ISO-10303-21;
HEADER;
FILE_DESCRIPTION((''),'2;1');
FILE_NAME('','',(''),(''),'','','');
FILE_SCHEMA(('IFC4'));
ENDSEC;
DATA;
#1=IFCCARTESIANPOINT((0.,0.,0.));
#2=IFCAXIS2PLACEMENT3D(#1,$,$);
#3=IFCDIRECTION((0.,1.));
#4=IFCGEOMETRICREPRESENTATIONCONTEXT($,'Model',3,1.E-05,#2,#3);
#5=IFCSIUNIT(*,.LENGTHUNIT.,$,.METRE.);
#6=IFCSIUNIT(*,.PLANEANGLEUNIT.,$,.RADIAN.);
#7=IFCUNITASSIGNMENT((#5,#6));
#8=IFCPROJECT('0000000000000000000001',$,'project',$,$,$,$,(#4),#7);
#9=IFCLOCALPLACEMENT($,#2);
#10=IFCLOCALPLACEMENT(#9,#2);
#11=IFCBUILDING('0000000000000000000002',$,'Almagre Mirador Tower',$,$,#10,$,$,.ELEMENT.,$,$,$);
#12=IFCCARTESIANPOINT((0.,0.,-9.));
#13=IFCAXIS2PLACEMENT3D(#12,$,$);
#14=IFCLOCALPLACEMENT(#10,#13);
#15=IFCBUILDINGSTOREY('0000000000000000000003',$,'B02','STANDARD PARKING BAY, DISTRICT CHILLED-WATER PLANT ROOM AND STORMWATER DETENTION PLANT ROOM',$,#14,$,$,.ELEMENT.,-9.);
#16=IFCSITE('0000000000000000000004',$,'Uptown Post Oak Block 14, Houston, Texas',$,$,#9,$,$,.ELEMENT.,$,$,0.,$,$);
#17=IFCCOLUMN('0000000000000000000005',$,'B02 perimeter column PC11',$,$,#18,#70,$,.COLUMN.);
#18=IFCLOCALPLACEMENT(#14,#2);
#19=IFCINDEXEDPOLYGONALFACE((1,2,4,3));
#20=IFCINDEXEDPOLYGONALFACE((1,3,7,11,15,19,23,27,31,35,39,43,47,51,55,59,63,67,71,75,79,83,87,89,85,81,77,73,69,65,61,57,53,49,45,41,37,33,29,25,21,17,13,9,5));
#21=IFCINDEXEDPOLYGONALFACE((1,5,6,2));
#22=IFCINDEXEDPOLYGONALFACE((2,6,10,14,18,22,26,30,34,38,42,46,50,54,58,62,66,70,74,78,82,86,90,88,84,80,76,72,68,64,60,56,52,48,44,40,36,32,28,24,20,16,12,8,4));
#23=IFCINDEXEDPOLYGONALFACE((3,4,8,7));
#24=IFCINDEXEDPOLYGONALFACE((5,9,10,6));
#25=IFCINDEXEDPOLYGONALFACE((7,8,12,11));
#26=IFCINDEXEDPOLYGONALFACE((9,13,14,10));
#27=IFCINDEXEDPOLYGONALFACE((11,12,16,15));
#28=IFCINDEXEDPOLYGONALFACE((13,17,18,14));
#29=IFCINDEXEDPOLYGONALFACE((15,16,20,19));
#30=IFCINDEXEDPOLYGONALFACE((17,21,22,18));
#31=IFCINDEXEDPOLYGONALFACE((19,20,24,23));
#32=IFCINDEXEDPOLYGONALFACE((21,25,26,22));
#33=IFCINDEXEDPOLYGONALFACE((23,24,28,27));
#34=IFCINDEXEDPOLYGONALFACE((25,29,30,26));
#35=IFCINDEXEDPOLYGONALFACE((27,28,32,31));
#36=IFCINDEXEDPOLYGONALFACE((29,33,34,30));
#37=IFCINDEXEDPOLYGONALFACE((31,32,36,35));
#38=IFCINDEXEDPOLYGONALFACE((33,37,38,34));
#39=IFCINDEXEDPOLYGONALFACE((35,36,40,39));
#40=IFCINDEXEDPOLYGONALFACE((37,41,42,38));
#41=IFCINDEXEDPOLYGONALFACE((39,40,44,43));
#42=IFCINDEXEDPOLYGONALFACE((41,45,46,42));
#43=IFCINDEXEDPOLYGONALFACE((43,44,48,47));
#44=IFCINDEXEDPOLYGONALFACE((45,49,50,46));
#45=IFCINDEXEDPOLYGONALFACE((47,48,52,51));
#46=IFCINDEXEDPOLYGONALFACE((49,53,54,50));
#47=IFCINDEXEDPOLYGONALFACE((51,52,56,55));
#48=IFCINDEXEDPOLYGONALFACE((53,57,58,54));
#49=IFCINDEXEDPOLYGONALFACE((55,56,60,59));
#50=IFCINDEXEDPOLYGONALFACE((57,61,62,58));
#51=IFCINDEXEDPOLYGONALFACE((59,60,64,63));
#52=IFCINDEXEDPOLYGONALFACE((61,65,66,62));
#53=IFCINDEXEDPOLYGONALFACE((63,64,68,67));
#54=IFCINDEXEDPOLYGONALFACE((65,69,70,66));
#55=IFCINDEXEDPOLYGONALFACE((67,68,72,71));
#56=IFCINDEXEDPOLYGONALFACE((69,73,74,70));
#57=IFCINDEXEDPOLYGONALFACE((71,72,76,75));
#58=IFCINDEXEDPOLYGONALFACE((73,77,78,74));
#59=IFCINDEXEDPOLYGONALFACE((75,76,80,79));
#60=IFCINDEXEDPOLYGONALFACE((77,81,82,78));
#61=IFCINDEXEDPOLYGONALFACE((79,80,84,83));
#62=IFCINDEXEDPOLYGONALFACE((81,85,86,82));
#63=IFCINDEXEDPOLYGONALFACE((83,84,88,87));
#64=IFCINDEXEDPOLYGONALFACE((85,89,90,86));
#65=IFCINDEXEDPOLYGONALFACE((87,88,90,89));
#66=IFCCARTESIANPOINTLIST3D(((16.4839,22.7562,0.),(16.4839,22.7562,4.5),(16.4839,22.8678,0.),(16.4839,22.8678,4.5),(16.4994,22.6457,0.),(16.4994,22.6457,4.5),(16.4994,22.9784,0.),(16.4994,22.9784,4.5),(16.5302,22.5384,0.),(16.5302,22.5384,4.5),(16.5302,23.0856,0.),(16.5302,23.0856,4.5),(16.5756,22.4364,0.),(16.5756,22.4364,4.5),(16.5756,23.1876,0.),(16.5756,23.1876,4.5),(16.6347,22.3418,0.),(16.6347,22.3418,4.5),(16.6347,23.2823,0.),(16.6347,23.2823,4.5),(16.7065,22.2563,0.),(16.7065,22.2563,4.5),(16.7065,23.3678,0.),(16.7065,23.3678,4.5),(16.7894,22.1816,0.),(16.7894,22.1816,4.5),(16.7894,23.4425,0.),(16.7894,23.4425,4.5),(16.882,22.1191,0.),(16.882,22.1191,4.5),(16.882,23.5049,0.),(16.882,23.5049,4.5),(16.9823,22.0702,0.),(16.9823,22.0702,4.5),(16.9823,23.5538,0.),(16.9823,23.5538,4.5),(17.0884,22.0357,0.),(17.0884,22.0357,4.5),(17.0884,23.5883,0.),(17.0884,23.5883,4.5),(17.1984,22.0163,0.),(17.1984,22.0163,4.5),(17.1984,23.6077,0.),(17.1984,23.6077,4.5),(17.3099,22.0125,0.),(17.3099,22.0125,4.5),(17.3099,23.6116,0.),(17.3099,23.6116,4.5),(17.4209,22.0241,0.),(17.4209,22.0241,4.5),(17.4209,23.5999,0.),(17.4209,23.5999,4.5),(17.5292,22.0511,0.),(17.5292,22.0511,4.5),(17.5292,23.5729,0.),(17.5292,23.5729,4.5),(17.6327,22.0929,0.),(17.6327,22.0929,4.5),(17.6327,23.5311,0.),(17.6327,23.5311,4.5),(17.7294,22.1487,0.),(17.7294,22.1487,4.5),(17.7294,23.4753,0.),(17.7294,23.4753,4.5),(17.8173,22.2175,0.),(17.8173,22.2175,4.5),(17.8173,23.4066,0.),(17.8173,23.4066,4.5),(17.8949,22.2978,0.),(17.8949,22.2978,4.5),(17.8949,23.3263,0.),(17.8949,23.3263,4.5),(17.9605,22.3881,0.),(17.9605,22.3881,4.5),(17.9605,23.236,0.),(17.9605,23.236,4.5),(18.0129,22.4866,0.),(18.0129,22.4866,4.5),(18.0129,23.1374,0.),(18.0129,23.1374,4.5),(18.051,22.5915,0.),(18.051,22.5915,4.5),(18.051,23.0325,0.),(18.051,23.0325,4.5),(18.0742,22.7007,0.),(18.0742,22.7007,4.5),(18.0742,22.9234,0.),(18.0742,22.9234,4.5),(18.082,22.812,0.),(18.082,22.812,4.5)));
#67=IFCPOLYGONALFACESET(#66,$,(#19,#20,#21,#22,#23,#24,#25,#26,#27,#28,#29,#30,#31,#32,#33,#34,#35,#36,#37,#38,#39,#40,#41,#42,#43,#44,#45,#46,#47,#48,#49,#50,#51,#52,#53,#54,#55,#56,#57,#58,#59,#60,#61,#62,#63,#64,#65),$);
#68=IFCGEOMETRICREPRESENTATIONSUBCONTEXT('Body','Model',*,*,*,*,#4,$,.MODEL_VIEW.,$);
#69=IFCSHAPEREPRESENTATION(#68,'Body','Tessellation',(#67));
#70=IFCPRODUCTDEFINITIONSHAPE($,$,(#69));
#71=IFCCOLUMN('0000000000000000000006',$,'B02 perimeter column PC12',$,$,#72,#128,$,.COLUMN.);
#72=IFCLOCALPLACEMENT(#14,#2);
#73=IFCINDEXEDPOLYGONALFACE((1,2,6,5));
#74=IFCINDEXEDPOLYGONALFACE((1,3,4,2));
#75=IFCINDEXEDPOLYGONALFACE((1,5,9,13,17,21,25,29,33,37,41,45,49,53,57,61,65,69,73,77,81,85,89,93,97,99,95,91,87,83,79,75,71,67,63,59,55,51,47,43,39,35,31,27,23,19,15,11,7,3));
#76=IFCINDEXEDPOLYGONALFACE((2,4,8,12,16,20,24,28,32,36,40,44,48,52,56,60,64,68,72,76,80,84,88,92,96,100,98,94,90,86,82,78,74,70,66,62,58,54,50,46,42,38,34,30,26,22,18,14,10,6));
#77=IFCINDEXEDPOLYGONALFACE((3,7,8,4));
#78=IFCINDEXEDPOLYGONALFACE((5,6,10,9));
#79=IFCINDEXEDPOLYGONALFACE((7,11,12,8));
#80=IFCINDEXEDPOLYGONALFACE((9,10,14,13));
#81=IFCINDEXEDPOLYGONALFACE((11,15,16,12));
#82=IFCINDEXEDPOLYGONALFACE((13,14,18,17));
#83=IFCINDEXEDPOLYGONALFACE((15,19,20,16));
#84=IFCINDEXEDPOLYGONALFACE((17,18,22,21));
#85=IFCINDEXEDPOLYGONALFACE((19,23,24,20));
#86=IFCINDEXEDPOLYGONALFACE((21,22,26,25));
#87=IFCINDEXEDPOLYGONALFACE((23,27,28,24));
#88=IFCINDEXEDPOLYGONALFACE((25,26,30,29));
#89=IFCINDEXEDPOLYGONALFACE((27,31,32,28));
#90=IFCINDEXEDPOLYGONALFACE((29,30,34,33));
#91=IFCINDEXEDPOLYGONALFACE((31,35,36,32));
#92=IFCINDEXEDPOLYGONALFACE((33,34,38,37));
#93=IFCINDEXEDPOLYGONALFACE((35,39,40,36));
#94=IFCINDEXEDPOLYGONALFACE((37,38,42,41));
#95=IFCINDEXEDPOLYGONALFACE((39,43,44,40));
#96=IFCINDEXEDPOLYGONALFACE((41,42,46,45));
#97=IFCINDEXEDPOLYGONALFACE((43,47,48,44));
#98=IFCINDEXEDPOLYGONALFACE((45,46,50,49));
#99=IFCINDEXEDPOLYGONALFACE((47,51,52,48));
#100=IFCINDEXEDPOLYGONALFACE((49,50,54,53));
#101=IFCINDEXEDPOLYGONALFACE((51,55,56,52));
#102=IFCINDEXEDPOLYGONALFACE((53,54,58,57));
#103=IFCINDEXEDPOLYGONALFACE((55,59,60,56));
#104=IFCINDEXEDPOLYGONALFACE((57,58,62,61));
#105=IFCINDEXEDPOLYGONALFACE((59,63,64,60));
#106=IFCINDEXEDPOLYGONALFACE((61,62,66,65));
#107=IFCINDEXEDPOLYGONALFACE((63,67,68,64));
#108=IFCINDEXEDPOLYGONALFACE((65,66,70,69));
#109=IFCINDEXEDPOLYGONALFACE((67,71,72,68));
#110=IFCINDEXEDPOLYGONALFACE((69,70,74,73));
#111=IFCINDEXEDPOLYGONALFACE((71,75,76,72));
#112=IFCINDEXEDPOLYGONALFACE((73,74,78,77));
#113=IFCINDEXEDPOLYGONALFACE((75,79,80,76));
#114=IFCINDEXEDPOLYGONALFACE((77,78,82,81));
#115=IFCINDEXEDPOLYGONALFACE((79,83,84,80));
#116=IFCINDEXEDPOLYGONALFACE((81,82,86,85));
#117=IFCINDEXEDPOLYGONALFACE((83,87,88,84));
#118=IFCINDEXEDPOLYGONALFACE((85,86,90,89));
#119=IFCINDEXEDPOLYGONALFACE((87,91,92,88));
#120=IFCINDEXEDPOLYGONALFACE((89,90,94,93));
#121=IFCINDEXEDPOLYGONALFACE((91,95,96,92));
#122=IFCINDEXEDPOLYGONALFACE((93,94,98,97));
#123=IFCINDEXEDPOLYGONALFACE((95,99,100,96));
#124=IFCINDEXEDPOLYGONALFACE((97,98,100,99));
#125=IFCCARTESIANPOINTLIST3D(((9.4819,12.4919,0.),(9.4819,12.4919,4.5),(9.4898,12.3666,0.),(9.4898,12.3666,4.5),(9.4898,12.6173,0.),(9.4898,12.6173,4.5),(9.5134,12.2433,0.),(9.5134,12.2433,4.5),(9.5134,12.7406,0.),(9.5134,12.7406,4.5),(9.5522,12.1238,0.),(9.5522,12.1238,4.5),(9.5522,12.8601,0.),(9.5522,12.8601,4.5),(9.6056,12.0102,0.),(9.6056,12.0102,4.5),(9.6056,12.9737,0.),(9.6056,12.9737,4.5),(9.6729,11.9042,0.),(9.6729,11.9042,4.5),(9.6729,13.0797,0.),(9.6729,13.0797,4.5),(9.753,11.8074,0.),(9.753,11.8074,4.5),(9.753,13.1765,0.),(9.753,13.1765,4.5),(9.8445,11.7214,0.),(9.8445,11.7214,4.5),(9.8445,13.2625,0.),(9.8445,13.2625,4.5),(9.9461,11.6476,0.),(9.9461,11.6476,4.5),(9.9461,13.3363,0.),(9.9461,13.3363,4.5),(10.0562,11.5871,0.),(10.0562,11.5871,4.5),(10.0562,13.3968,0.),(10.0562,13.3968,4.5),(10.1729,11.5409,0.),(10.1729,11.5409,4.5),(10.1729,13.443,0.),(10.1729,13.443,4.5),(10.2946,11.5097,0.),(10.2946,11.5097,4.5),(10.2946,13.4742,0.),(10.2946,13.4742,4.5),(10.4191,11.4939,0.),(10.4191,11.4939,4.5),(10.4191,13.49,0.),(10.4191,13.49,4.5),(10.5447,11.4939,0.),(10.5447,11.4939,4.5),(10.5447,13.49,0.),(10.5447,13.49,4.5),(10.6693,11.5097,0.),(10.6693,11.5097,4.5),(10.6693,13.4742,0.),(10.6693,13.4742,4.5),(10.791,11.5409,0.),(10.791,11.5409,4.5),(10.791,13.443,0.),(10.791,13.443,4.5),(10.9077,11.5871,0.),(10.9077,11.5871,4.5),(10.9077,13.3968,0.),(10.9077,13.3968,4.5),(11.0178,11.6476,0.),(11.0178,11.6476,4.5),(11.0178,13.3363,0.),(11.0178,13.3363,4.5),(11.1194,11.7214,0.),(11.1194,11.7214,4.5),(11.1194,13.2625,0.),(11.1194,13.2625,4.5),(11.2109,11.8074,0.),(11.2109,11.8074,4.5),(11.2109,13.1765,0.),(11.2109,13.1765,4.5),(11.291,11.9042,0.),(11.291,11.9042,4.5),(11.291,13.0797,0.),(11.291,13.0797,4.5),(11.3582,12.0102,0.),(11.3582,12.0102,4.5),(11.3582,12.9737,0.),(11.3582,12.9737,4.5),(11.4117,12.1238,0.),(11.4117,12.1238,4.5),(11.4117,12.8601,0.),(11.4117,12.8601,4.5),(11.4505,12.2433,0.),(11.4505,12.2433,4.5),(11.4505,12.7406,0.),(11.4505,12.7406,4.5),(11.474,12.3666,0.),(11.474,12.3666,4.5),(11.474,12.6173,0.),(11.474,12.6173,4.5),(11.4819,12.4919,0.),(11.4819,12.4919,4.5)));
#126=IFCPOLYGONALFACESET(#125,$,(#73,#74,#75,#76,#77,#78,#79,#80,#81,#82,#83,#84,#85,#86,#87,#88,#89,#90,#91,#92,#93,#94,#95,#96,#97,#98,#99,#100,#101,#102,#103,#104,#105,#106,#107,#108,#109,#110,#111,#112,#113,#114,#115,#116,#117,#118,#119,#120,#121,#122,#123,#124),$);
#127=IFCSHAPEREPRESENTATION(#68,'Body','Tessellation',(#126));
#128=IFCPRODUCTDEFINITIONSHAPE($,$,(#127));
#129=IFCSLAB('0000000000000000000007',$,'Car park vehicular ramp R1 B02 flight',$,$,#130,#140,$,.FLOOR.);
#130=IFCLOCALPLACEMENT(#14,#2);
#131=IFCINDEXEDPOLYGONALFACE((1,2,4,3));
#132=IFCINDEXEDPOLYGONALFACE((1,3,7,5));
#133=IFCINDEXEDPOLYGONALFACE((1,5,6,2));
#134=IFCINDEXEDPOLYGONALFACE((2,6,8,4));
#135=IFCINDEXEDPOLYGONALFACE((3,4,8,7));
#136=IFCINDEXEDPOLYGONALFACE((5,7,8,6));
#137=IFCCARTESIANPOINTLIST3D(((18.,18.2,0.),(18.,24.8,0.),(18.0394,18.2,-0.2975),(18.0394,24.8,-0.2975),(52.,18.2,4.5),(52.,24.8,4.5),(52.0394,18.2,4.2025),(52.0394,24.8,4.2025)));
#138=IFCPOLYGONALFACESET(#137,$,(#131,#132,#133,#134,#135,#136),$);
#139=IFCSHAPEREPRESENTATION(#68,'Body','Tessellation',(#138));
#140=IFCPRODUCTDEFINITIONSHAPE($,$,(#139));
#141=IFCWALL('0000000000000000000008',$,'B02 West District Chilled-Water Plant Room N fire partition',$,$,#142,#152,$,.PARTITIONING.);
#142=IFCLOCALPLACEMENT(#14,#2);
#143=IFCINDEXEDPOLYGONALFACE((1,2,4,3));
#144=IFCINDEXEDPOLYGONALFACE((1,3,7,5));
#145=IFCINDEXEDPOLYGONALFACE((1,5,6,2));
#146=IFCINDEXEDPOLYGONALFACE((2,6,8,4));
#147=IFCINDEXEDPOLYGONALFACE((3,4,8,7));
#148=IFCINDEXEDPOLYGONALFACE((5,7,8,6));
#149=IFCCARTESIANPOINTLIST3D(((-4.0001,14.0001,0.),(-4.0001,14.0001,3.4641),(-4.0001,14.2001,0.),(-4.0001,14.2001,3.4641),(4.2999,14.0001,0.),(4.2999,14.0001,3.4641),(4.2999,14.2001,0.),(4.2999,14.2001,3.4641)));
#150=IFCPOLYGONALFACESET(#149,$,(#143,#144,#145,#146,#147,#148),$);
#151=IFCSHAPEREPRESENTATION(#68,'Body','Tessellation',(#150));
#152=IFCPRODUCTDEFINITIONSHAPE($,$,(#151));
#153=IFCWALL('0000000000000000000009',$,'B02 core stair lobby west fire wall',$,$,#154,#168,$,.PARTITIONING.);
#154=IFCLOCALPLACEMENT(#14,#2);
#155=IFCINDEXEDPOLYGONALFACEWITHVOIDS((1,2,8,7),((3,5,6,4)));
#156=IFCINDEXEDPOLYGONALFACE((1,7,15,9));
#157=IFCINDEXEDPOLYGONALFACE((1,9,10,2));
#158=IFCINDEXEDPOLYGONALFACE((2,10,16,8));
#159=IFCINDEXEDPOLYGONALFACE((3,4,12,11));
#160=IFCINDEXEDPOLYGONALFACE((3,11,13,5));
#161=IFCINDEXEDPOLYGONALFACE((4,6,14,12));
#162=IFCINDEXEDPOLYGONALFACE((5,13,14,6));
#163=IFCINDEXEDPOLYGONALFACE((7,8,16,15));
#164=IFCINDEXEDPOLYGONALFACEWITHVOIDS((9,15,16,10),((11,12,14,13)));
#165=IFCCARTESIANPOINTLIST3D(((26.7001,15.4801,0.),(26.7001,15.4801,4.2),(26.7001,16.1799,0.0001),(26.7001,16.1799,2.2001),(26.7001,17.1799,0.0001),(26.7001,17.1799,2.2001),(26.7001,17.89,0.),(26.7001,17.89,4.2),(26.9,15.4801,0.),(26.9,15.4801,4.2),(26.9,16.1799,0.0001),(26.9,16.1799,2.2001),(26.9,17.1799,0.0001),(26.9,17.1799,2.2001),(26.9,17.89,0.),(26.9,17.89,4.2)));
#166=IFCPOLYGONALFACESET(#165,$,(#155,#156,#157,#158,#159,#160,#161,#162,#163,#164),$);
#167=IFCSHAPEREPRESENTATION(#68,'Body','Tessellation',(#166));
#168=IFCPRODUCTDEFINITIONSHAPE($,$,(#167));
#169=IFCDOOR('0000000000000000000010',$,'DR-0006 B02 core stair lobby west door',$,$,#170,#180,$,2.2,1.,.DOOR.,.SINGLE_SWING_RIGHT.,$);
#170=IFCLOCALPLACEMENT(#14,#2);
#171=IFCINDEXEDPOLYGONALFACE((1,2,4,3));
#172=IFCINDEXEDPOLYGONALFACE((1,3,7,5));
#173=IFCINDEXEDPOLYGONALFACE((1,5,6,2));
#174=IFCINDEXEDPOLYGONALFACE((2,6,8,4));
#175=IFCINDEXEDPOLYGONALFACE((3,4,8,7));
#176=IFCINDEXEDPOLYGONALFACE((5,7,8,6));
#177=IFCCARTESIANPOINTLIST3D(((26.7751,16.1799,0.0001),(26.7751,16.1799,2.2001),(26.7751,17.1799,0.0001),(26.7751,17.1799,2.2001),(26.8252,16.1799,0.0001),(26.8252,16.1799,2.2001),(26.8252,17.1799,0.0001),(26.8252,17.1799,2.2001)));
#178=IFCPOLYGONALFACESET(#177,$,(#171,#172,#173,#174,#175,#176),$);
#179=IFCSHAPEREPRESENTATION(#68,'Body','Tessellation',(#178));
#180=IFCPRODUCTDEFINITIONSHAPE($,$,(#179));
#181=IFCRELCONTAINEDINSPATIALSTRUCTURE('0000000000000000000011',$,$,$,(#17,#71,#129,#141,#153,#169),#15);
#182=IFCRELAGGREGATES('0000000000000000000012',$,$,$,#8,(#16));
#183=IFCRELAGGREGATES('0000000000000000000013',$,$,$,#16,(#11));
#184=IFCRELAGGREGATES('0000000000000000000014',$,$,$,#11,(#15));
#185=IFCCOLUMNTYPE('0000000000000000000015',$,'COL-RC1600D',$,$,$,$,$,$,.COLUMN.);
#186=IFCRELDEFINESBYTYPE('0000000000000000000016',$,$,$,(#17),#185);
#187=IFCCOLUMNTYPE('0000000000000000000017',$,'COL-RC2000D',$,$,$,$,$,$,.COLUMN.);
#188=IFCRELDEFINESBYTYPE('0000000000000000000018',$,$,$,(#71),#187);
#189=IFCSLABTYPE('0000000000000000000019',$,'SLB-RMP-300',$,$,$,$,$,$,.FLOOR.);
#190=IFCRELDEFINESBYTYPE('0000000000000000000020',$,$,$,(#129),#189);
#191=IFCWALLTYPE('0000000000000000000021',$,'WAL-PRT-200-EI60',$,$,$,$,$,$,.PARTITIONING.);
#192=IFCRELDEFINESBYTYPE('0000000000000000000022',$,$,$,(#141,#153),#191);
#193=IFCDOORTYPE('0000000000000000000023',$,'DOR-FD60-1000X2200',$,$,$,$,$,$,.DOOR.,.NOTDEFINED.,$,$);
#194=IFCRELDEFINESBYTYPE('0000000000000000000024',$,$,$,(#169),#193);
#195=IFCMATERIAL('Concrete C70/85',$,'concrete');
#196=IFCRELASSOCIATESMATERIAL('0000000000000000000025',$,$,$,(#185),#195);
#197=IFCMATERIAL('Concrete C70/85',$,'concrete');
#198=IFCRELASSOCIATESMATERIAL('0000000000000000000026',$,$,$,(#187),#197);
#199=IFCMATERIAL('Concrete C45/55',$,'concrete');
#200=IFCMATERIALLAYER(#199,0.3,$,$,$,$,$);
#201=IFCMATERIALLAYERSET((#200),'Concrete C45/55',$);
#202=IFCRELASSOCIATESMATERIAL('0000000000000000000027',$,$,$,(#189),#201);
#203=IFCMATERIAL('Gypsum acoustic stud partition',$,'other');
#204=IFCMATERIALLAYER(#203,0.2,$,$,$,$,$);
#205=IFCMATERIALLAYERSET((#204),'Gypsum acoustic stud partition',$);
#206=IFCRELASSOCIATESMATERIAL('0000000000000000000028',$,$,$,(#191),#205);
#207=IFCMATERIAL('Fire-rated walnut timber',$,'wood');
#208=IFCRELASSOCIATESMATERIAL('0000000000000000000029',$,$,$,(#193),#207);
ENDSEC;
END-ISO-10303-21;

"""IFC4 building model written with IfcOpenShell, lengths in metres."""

from ifc_helpers import new_model, si_unit, direction, frame, frame_2d, origin, origin_2d, place, context, subcontext, project, spatial, polyline, rectangle, circle, outline, extrude, material, layer, layer_set, material_profile, profile_set, type_object, element, fill, save


model = new_model("IFC4")

# Units and contexts
model_context = context("Model", 3, precision=1e-05, world=origin(), true_north=direction((0.0, 1.0)))
body_context = subcontext(model_context, "Body", "Model", "MODEL_VIEW")
ifc_project = project(units=[si_unit("LENGTHUNIT", "METRE"), si_unit("PLANEANGLEUNIT", "RADIAN")], contexts=[model_context])

# Site, building, storey
site_placement = place(None, origin())
site = spatial("IfcSite", under=ifc_project, at=site_placement, Name="Uptown Post Oak Block 14, Houston, Texas", CompositionType="ELEMENT", RefElevation=0.0)
building_placement = place(site_placement, origin())
building = spatial("IfcBuilding", under=site, at=building_placement, Name="Almagre Mirador Tower", CompositionType="ELEMENT")
storey_placement = place(building_placement, frame((0.0, 0.0, -9.0)))
storey = spatial("IfcBuildingStorey", under=building, at=storey_placement, Name="B02", Description="STANDARD PARKING BAY, DISTRICT CHILLED-WATER PLANT ROOM AND STORMWATER DETENTION PLANT ROOM", CompositionType="ELEMENT", Elevation=-9.0)

# Columns
ifc_material_1 = material(Name="Concrete C70/85", Category="concrete")
ifc_material_profile_1 = material_profile(ifc_material_1, circle(Radius=0.8, at=origin_2d()), Name="RC1600D")
ifc_profile_set_1 = profile_set([ifc_material_profile_1], Name="Concrete C70/85")
column_type_1 = type_object("IfcColumnType", Name="COL-RC1600D", PredefinedType="COLUMN", material=ifc_profile_set_1)
for number, where, z_axis, x_axis, name in (
    (1, (17.282, 22.812, 0.0), (0.0, 0.0, 1.0), (1.0, 0.0, 0.0), "B02 perimeter column PC11"),
):
    element("IfcColumn", number, at=place(storey_placement, frame(where, z_axis=z_axis, x_axis=x_axis)), inside=storey, type_object=column_type_1, Name=name, PredefinedType="COLUMN", context=body_context, shape_type="SweptSolid", body=[
        extrude(circle(Radius=0.8, at=origin_2d()), origin(), (0.0, 0.0, 1.0), 4.5),
    ])
ifc_material_2 = material(Name="Concrete C70/85", Category="concrete")
ifc_material_profile_2 = material_profile(ifc_material_2, circle(Radius=1.0, at=origin_2d()), Name="RC2000D")
ifc_profile_set_2 = profile_set([ifc_material_profile_2], Name="Concrete C70/85")
column_type_2 = type_object("IfcColumnType", Name="COL-RC2000D", PredefinedType="COLUMN", material=ifc_profile_set_2)
column_1_placement = place(storey_placement, frame((10.4819, 12.4919, 0.0), z_axis=(0.0, 0.0, 1.0), x_axis=(1.0, 0.0, 0.0)))
element("IfcColumn", 2, at=column_1_placement, inside=storey, type_object=column_type_2, Name="B02 perimeter column PC12", PredefinedType="COLUMN", context=body_context, shape_type="SweptSolid", body=[
    extrude(circle(Radius=1.0, at=origin_2d()), origin(), (0.0, 0.0, 1.0), 4.5),
])

# Slab
ifc_material_3 = material(Name="Concrete C45/55", Category="concrete")
ifc_layer_1 = layer(ifc_material_3, 0.3)
ifc_layer_set_1 = layer_set([ifc_layer_1], Name="Concrete C45/55")
slab_type = type_object("IfcSlabType", Name="SLB-RMP-300", PredefinedType="FLOOR", material=ifc_layer_set_1)
slab_placement = place(storey_placement, frame((18.0, 18.2, 0.0), z_axis=(-0.131209, 0.0, 0.991355), x_axis=(0.991355, 0.0, 0.131209)))
element("IfcSlab", 3, at=slab_placement, inside=storey, type_object=slab_type, Name="Car park vehicular ramp R1 B02 flight", PredefinedType="FLOOR", context=body_context, shape_type="SweptSolid", body=[
    extrude(outline(polyline([(0.0, 0.0), (34.2965, 0.0), (34.2965, 6.6001), (0.0, 6.6001), (0.0, 0.0)])), origin(), (0.0, 0.0, -1.0), 0.3),
])

# Wall
ifc_material_4 = material(Name="Gypsum acoustic stud partition", Category="other")
ifc_layer_2 = layer(ifc_material_4, 0.2)
ifc_layer_set_2 = layer_set([ifc_layer_2], Name="Gypsum acoustic stud partition")
wall_type_1 = type_object("IfcWallType", Name="WAL-PRT-200-EI60", PredefinedType="PARTITIONING", material=ifc_layer_set_2)
wall_1_placement = place(storey_placement, frame((-4.0, 14.1001, 0.0), z_axis=(0.0, 0.0, 1.0), x_axis=(1.0, 0.0, 0.0)))
element("IfcWall", 4, at=wall_1_placement, inside=storey, type_object=wall_type_1, Name="B02 West District Chilled-Water Plant Room N fire partition", PredefinedType="PARTITIONING", context=body_context, shape_type="SweptSolid", body=[
    extrude(rectangle(XDim=8.3, YDim=0.2, at=frame_2d((4.1499, 0.0))), origin(), (0.0, 0.0, 1.0), 3.4641),
])

# Wall, opening, door
wall_2_placement = place(storey_placement, frame((26.8, 15.48, 0.0), z_axis=(0.0, 0.0, 1.0), x_axis=(0.0, 1.0, 0.0)))
wall_2 = element("IfcWall", 5, at=wall_2_placement, inside=storey, type_object=wall_type_1, Name="B02 core stair lobby west fire wall", PredefinedType="PARTITIONING", context=body_context, shape_type="SweptSolid", body=[
    extrude(rectangle(XDim=2.4099, YDim=0.2, at=frame_2d((1.2051, 0.0))), origin(), (0.0, 0.0, 1.0), 4.2),
])
opening_1_placement = place(wall_2_placement, frame((0.7, 0.0, 0.0)))
opening_1 = element("IfcOpeningElement", 6, at=opening_1_placement, cuts=wall_2, PredefinedType="OPENING", context=body_context, shape_type="SweptSolid", body=[
    extrude(rectangle(XDim=1.0, YDim=2.2, at=frame_2d((0.5, 1.1001))), frame((0.0, 0.1101, 0.0), z_axis=(0.0, -1.0, 0.0), x_axis=(1.0, 0.0, 0.0)), (0.0, 0.0, 1.0), 0.22),
])
ifc_material_5 = material(Name="Fire-rated walnut timber", Category="wood")
door_type_1 = type_object("IfcDoorType", Name="DOR-FD60-1000X2200", OperationType="NOTDEFINED", PredefinedType="DOOR", material=ifc_material_5)
door_1_placement = place(opening_1_placement, origin())
door_1 = element("IfcDoor", 7, at=door_1_placement, inside=storey, type_object=door_type_1, Name="DR-0006 B02 core stair lobby west door", OperationType="SINGLE_SWING_RIGHT", OverallHeight=2.2, OverallWidth=1.0, PredefinedType="DOOR", context=body_context, shape_type="SweptSolid", body=[
    extrude(rectangle(XDim=1.0, YDim=2.2, at=frame_2d((0.5, 1.1001))), frame((0.0, 0.0249, 0.0), z_axis=(0.0, -1.0, 0.0), x_axis=(1.0, 0.0, 0.0)), (0.0, 0.0, 1.0), 0.05),
])
fill(opening_1, door_1)

save(model, "model.ifc")
